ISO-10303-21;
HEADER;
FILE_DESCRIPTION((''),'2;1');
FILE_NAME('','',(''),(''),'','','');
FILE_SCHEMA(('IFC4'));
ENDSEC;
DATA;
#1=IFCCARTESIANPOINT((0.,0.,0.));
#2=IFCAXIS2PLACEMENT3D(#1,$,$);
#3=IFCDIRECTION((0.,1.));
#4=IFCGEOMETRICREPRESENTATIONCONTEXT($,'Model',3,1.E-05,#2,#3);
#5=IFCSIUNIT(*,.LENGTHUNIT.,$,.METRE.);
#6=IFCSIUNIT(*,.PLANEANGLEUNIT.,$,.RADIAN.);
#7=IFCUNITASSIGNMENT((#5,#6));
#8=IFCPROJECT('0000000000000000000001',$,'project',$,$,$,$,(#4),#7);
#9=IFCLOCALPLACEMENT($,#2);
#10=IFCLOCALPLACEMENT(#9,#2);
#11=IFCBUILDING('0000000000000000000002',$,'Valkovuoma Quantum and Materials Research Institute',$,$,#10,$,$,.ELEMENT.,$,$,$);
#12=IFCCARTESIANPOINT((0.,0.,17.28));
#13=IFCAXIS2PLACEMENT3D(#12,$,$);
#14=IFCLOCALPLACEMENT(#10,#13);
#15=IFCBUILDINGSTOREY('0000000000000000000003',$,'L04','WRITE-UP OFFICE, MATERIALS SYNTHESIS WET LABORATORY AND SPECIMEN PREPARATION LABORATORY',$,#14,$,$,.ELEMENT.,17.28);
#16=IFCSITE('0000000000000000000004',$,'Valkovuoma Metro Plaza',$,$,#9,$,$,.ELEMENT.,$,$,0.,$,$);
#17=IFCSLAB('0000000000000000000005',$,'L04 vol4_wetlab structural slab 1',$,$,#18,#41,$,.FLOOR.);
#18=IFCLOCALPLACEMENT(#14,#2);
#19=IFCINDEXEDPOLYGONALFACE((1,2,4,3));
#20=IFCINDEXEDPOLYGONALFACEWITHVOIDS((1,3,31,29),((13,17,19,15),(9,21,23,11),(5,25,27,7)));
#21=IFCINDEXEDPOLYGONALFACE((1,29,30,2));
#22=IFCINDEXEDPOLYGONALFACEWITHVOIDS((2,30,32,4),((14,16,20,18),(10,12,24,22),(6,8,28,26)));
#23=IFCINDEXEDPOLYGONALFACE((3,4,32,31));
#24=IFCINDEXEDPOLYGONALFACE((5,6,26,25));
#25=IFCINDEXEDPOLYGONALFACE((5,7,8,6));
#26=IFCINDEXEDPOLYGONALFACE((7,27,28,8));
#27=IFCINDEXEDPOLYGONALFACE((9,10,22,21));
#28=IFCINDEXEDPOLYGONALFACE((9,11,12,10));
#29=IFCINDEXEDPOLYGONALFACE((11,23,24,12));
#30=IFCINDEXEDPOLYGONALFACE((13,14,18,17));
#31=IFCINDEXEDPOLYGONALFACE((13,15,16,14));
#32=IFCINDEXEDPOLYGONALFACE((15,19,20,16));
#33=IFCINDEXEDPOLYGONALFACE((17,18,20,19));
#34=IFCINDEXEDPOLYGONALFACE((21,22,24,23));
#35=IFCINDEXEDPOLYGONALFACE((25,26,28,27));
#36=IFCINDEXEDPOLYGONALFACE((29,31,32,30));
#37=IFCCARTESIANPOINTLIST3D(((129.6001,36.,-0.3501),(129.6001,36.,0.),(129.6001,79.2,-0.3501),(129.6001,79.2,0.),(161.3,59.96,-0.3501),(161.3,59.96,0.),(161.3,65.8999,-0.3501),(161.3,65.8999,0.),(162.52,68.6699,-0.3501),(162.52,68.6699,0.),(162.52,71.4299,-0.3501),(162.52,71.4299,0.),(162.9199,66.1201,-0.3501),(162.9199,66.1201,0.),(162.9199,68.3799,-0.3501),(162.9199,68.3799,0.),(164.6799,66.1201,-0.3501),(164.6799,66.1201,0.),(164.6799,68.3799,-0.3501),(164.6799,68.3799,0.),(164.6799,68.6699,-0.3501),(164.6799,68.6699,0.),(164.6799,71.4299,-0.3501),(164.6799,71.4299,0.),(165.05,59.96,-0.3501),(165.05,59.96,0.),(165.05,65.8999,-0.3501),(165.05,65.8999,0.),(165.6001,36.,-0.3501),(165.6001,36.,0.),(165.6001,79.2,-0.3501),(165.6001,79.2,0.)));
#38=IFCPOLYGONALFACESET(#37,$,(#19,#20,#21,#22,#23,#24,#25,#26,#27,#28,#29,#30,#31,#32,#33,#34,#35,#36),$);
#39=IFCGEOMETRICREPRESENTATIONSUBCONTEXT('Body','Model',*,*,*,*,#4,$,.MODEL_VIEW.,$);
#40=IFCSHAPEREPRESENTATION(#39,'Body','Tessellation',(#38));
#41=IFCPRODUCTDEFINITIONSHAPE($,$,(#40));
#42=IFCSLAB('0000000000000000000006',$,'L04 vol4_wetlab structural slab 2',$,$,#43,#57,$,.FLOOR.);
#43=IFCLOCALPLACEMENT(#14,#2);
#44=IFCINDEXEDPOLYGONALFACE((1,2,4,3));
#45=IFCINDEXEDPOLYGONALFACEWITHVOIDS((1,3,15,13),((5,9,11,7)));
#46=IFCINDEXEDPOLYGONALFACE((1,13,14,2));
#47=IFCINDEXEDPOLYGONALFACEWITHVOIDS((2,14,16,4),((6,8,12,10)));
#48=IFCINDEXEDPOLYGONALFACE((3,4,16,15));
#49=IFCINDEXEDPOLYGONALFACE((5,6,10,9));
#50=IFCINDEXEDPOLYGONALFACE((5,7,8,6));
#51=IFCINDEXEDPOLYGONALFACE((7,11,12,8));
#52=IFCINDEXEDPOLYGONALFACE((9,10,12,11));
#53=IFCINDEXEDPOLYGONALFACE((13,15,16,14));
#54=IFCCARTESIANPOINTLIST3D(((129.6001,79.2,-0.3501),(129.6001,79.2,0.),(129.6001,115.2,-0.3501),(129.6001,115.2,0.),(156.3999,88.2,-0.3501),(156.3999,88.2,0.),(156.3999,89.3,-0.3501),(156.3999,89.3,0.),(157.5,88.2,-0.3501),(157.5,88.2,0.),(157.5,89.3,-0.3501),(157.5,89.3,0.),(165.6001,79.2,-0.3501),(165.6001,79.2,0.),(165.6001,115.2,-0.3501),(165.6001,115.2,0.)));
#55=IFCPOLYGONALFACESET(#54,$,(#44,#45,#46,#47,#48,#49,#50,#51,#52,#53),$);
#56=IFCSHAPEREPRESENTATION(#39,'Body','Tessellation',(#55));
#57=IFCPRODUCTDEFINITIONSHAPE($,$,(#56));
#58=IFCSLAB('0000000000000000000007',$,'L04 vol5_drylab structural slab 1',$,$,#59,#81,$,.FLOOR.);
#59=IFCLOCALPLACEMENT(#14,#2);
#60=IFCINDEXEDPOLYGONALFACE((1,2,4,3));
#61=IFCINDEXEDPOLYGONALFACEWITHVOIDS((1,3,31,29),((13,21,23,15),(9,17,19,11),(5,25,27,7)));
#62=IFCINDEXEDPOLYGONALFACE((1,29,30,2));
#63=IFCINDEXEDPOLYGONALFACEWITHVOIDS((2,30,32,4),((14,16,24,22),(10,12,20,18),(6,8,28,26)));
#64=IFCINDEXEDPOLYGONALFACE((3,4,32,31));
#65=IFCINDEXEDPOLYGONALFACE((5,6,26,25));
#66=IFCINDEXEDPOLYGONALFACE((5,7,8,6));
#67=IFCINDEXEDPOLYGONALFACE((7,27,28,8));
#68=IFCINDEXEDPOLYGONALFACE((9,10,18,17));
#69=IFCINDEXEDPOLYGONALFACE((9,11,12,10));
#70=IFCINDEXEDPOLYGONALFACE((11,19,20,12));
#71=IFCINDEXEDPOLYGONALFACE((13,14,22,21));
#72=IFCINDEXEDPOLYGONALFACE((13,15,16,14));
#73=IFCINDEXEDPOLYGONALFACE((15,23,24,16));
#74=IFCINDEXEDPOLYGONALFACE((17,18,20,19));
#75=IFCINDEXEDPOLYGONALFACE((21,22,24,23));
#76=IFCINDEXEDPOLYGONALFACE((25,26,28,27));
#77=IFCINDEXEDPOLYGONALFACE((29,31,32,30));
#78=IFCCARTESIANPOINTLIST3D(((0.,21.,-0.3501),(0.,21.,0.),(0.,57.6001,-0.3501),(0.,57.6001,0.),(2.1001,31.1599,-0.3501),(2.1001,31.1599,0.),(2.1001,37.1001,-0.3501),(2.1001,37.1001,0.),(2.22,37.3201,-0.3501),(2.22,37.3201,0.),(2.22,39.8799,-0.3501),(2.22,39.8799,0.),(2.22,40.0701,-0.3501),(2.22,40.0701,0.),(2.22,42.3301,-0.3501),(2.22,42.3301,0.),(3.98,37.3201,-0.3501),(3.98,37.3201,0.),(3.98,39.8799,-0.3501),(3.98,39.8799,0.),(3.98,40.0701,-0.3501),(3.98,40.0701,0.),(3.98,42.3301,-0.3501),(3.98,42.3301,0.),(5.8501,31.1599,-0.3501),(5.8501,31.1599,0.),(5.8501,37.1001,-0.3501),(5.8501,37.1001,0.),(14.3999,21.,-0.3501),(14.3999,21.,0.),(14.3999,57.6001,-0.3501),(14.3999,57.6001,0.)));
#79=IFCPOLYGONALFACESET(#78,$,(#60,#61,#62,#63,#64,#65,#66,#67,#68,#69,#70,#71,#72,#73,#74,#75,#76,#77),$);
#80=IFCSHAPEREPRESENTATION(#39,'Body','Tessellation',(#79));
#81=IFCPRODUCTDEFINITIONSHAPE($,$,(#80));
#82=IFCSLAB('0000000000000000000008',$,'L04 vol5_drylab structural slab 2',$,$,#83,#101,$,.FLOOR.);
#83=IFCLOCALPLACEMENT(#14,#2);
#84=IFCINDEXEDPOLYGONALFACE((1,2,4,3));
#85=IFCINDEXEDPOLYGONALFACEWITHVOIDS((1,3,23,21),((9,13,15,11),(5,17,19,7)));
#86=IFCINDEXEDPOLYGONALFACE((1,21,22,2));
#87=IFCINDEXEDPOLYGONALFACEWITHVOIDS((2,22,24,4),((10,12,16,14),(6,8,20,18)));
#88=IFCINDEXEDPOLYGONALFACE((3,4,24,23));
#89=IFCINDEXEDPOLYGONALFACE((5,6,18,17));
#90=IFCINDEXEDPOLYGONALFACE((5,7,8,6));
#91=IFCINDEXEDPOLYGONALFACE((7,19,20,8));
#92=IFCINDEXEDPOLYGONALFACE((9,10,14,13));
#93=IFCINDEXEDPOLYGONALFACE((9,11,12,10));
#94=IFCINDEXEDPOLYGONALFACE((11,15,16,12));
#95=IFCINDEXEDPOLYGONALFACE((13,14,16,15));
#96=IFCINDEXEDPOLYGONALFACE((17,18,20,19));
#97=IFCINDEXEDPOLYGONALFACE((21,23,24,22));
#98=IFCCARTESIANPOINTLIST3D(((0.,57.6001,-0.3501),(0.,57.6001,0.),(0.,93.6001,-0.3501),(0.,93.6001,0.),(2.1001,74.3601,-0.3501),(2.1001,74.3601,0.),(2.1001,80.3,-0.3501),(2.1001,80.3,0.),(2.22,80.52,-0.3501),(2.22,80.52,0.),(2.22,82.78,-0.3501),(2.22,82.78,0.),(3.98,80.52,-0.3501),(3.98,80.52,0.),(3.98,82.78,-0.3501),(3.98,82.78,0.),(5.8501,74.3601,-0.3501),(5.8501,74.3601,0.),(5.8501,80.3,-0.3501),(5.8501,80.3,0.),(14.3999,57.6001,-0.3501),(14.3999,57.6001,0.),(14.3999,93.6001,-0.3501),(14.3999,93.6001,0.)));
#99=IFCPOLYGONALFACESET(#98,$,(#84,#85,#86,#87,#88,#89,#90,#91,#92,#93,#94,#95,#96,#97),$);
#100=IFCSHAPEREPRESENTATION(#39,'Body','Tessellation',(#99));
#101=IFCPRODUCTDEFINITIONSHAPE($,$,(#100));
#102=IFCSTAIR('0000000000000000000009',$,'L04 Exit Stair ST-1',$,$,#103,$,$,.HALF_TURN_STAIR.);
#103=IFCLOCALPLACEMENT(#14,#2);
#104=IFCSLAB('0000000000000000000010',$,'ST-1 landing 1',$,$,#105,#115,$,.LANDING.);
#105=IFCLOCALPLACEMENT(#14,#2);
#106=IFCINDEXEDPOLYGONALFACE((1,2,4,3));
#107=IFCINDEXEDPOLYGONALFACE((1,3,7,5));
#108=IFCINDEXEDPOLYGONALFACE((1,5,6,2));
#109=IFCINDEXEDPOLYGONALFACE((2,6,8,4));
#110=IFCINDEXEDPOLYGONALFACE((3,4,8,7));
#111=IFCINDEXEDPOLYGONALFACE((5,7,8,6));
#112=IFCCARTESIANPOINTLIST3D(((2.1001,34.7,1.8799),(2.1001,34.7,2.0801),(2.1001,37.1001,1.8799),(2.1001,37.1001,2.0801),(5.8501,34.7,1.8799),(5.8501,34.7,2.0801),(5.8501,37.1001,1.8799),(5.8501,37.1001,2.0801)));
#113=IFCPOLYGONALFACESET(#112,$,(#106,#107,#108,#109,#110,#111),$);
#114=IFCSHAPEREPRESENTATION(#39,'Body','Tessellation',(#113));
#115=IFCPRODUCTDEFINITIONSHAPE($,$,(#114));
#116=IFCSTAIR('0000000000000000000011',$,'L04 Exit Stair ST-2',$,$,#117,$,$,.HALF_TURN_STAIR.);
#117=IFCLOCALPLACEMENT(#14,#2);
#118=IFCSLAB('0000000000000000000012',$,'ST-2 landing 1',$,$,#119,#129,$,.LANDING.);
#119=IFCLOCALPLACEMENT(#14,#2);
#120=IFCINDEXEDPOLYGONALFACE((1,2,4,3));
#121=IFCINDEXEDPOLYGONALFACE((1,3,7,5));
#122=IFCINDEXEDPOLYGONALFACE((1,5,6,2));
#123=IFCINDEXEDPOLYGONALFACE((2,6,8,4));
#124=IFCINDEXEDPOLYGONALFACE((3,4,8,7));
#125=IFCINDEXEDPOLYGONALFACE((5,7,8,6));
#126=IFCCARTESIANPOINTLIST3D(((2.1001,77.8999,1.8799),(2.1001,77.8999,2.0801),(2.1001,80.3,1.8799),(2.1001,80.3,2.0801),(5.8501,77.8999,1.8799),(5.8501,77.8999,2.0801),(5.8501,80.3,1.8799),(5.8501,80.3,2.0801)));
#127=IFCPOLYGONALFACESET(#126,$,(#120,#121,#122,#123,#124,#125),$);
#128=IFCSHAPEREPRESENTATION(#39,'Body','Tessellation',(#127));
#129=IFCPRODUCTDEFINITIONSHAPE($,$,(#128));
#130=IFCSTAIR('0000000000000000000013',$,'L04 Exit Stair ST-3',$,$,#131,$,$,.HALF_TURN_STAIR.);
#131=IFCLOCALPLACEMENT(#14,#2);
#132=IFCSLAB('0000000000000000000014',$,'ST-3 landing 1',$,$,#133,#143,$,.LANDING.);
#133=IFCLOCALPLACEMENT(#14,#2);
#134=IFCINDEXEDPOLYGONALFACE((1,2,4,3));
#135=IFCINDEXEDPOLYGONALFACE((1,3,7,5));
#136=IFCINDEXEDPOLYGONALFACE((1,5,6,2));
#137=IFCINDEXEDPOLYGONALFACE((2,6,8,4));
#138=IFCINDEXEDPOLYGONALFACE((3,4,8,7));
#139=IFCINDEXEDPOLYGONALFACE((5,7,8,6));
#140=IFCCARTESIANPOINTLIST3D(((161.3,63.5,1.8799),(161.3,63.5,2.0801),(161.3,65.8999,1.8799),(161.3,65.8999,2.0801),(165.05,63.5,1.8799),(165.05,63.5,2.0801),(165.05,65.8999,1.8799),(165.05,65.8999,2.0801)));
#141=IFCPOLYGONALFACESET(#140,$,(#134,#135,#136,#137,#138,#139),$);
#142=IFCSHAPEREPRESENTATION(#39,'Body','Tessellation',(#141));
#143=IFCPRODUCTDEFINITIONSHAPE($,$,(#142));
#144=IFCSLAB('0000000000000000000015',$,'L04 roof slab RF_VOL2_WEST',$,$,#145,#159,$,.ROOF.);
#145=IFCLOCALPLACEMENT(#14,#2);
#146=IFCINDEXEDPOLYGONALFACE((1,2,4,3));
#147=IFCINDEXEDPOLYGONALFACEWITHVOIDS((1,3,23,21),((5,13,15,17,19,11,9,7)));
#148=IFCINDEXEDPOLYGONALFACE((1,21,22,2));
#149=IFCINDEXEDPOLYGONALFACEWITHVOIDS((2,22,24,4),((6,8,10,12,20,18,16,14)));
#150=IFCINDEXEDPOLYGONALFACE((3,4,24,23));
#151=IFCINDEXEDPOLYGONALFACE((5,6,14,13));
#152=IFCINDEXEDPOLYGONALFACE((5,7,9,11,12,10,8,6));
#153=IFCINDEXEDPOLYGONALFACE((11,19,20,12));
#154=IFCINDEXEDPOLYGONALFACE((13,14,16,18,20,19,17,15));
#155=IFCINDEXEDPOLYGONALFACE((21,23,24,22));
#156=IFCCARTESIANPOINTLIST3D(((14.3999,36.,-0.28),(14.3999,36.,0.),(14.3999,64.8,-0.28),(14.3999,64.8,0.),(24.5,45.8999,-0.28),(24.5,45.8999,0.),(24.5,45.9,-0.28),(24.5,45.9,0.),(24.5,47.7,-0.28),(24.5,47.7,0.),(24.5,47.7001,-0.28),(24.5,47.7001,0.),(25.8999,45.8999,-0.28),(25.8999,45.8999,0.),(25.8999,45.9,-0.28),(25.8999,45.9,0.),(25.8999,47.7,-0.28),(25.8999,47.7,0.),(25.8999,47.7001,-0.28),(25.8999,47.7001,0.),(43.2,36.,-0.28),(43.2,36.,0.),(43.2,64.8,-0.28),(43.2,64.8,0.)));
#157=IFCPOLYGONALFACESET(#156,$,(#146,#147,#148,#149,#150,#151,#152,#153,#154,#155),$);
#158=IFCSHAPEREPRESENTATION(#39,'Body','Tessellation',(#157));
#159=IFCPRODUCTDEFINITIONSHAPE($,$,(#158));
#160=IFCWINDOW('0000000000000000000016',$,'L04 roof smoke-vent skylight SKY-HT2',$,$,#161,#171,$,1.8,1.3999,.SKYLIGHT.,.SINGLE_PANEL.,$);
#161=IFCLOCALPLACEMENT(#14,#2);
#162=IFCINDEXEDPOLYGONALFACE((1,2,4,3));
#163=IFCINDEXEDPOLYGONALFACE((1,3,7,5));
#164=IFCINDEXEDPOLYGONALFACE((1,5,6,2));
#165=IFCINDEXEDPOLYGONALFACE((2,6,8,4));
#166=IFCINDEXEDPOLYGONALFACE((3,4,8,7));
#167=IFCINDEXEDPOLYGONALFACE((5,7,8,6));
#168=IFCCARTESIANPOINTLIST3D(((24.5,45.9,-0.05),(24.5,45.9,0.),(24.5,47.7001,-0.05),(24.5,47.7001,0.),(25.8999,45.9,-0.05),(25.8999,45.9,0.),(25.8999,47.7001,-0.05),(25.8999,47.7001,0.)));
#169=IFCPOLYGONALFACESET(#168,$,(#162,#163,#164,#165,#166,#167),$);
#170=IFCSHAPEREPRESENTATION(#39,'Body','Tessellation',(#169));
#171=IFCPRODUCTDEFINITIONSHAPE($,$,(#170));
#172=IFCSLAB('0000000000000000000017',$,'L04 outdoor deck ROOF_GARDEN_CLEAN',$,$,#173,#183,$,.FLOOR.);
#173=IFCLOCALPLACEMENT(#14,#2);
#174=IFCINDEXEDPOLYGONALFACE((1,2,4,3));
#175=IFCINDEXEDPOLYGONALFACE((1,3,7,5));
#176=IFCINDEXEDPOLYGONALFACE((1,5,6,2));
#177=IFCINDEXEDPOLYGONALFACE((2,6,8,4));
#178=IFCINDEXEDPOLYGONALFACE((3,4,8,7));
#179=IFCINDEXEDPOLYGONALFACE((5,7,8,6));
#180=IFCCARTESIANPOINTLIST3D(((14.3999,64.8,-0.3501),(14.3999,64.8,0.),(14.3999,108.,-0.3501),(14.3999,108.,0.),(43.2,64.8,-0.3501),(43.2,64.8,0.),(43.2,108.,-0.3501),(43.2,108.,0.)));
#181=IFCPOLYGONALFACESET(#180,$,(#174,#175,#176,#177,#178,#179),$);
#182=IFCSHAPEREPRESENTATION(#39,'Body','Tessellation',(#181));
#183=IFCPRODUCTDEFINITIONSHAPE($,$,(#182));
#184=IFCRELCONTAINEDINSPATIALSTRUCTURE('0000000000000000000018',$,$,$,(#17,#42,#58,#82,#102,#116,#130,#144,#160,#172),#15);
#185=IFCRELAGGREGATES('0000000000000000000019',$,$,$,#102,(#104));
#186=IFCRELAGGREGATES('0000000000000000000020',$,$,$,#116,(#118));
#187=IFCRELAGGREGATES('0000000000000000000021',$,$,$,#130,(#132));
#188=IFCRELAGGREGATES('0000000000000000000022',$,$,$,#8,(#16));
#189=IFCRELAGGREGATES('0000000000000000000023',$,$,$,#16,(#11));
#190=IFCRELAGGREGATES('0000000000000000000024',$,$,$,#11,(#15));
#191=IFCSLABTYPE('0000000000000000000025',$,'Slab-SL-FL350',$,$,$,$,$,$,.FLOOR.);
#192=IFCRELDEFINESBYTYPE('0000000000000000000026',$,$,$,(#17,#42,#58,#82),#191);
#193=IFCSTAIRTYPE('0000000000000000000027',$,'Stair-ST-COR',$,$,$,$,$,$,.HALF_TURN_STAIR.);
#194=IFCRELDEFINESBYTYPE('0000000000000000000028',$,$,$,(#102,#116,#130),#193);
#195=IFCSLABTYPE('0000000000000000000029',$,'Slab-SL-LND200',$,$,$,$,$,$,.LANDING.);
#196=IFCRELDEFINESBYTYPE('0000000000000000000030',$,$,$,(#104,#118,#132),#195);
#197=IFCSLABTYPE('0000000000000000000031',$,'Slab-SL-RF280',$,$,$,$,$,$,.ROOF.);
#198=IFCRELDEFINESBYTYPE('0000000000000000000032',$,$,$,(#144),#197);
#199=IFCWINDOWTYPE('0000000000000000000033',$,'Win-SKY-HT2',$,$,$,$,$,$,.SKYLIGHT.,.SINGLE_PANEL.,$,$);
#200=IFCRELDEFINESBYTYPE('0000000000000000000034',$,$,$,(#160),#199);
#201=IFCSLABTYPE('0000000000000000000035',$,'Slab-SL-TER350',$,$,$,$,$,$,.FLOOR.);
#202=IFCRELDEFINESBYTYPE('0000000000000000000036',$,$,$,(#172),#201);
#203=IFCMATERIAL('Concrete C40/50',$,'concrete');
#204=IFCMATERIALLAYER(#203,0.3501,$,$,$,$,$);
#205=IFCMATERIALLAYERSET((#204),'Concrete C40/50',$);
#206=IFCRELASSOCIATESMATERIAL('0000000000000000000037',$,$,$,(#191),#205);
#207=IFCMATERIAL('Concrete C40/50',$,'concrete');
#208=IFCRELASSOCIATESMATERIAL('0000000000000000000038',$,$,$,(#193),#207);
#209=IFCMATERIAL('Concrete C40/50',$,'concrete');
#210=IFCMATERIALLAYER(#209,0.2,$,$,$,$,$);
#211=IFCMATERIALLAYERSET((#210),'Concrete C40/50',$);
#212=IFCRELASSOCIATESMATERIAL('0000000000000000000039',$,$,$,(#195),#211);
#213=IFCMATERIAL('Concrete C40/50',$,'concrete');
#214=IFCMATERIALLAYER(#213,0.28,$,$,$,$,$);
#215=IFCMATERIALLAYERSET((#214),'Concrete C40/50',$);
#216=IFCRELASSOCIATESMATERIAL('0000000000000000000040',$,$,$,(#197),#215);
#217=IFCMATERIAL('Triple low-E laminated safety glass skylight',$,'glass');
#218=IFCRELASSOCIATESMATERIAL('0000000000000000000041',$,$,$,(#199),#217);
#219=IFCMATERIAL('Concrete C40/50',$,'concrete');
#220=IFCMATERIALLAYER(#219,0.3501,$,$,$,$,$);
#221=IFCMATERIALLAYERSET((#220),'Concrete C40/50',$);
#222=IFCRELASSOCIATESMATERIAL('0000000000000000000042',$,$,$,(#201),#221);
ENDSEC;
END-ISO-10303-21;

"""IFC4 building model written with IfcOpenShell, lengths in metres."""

from ifc_helpers import new_model, si_unit, direction, frame, origin, origin_2d, place, context, subcontext, project, spatial, polyline, rectangle, outline, extrude, material, layer, layer_set, type_object, element, fill, aggregate, save


model = new_model("IFC4")

# Units and contexts
model_context = context("Model", 3, precision=1e-05, world=origin(), true_north=direction((0.0, 1.0)))
body_context = subcontext(model_context, "Body", "Model", "MODEL_VIEW")
ifc_project = project(units=[si_unit("LENGTHUNIT", "METRE"), si_unit("PLANEANGLEUNIT", "RADIAN")], contexts=[model_context])

# Site, building, storey
site_placement = place(None, origin())
site = spatial("IfcSite", under=ifc_project, at=site_placement, Name="Valkovuoma Metro Plaza", CompositionType="ELEMENT", RefElevation=0.0)
building_placement = place(site_placement, origin())
building = spatial("IfcBuilding", under=site, at=building_placement, Name="Valkovuoma Quantum and Materials Research Institute", CompositionType="ELEMENT")
storey_placement = place(building_placement, frame((0.0, 0.0, 17.28)))
storey = spatial("IfcBuildingStorey", under=building, at=storey_placement, Name="L04", Description="WRITE-UP OFFICE, MATERIALS SYNTHESIS WET LABORATORY AND SPECIMEN PREPARATION LABORATORY", CompositionType="ELEMENT", Elevation=17.28)

# Slabs
ifc_material_1 = material(Name="Concrete C40/50", Category="concrete")
ifc_layer_1 = layer(ifc_material_1, 0.3501)
ifc_layer_set_1 = layer_set([ifc_layer_1], Name="Concrete C40/50")
slab_type_1 = type_object("IfcSlabType", Name="Slab-SL-FL350", PredefinedType="FLOOR", material=ifc_layer_set_1)
slab_1_placement = place(storey_placement, frame((0.0, 0.0, -0.3501)))
element("IfcSlab", 1, at=slab_1_placement, inside=storey, type_object=slab_type_1, Name="L04 vol4_wetlab structural slab 1", PredefinedType="FLOOR", context=body_context, shape_type="SweptSolid", body=[
    extrude(outline(polyline([(129.6001, 36.0), (165.6001, 36.0), (165.6001, 79.2), (129.6001, 79.2), (129.6001, 36.0)]), holes=[polyline([(161.3, 59.96), (165.05, 59.96), (165.05, 65.8999), (161.3, 65.8999), (161.3, 59.96)]), polyline([(162.9199, 66.1201), (164.6799, 66.1201), (164.6799, 68.3799), (162.9199, 68.3799), (162.9199, 66.1201)]), polyline([(162.52, 68.6699), (164.6799, 68.6699), (164.6799, 71.4299), (162.52, 71.4299), (162.52, 68.6699)])]), origin(), (0.0, 0.0, 1.0), 0.3501),
])
slab_2_placement = place(storey_placement, frame((0.0, 0.0, -0.3501)))
element("IfcSlab", 2, at=slab_2_placement, inside=storey, type_object=slab_type_1, Name="L04 vol4_wetlab structural slab 2", PredefinedType="FLOOR", context=body_context, shape_type="SweptSolid", body=[
    extrude(outline(polyline([(129.6001, 79.2), (165.6001, 79.2), (165.6001, 115.2), (129.6001, 115.2), (129.6001, 79.2)]), holes=[polyline([(156.3999, 88.2), (157.5, 88.2), (157.5, 89.3), (156.3999, 89.3), (156.3999, 88.2)])]), origin(), (0.0, 0.0, 1.0), 0.3501),
])
slab_3_placement = place(storey_placement, frame((0.0, 0.0, -0.3501)))
element("IfcSlab", 3, at=slab_3_placement, inside=storey, type_object=slab_type_1, Name="L04 vol5_drylab structural slab 1", PredefinedType="FLOOR", context=body_context, shape_type="SweptSolid", body=[
    extrude(outline(polyline([(0.0, 21.0), (14.3999, 21.0), (14.3999, 57.6001), (0.0, 57.6001), (0.0, 21.0)]), holes=[polyline([(2.1001, 31.1599), (5.8501, 31.1599), (5.8501, 37.1001), (2.1001, 37.1001), (2.1001, 31.1599)]), polyline([(2.22, 37.3201), (3.98, 37.3201), (3.98, 39.8799), (2.22, 39.8799), (2.22, 37.3201)]), polyline([(2.22, 40.0701), (3.98, 40.0701), (3.98, 42.3301), (2.22, 42.3301), (2.22, 40.0701)])]), origin(), (0.0, 0.0, 1.0), 0.3501),
])
slab_4_placement = place(storey_placement, frame((0.0, 0.0, -0.3501)))
element("IfcSlab", 4, at=slab_4_placement, inside=storey, type_object=slab_type_1, Name="L04 vol5_drylab structural slab 2", PredefinedType="FLOOR", context=body_context, shape_type="SweptSolid", body=[
    extrude(outline(polyline([(0.0, 57.6001), (14.3999, 57.6001), (14.3999, 93.6001), (0.0, 93.6001), (0.0, 57.6001)]), holes=[polyline([(2.1001, 74.3601), (5.8501, 74.3601), (5.8501, 80.3), (2.1001, 80.3), (2.1001, 74.3601)]), polyline([(2.22, 80.52), (3.98, 80.52), (3.98, 82.78), (2.22, 82.78), (2.22, 80.52)])]), origin(), (0.0, 0.0, 1.0), 0.3501),
])

# Stairs, slabs
ifc_material_2 = material(Name="Concrete C40/50", Category="concrete")
stair_type = type_object("IfcStairType", Name="Stair-ST-COR", PredefinedType="HALF_TURN_STAIR", material=ifc_material_2)
stair_1_placement = place(storey_placement, origin())
stair_1 = element("IfcStair", 5, at=stair_1_placement, inside=storey, type_object=stair_type, Name="L04 Exit Stair ST-1", PredefinedType="HALF_TURN_STAIR")
ifc_material_3 = material(Name="Concrete C40/50", Category="concrete")
ifc_layer_2 = layer(ifc_material_3, 0.2)
ifc_layer_set_2 = layer_set([ifc_layer_2], Name="Concrete C40/50")
slab_type_2 = type_object("IfcSlabType", Name="Slab-SL-LND200", PredefinedType="LANDING", material=ifc_layer_set_2)
slab_5_placement = place(storey_placement, frame((0.0, 0.0, 1.8799)))
slab_5 = element("IfcSlab", 6, at=slab_5_placement, type_object=slab_type_2, Name="ST-1 landing 1", PredefinedType="LANDING", context=body_context, shape_type="SweptSolid", body=[
    extrude(outline(polyline([(5.8501, 34.7), (5.8501, 37.1001), (2.1001, 37.1001), (2.1001, 34.7), (5.8501, 34.7)])), origin(), (0.0, 0.0, 1.0), 0.2002),
])
aggregate(stair_1, [slab_5])
stair_2_placement = place(storey_placement, origin())
stair_2 = element("IfcStair", 7, at=stair_2_placement, inside=storey, type_object=stair_type, Name="L04 Exit Stair ST-2", PredefinedType="HALF_TURN_STAIR")
slab_6_placement = place(storey_placement, frame((0.0, 0.0, 1.8799)))
slab_6 = element("IfcSlab", 8, at=slab_6_placement, type_object=slab_type_2, Name="ST-2 landing 1", PredefinedType="LANDING", context=body_context, shape_type="SweptSolid", body=[
    extrude(outline(polyline([(5.8501, 77.8999), (5.8501, 80.3), (2.1001, 80.3), (2.1001, 77.8999), (5.8501, 77.8999)])), origin(), (0.0, 0.0, 1.0), 0.2002),
])
aggregate(stair_2, [slab_6])
stair_3_placement = place(storey_placement, origin())
stair_3 = element("IfcStair", 9, at=stair_3_placement, inside=storey, type_object=stair_type, Name="L04 Exit Stair ST-3", PredefinedType="HALF_TURN_STAIR")
slab_7_placement = place(storey_placement, frame((0.0, 0.0, 1.8799)))
slab_7 = element("IfcSlab", 10, at=slab_7_placement, type_object=slab_type_2, Name="ST-3 landing 1", PredefinedType="LANDING", context=body_context, shape_type="SweptSolid", body=[
    extrude(outline(polyline([(165.05, 63.5), (165.05, 65.8999), (161.3, 65.8999), (161.3, 63.5), (165.05, 63.5)])), origin(), (0.0, 0.0, 1.0), 0.2002),
])
aggregate(stair_3, [slab_7])

# Slab, opening, window
ifc_material_4 = material(Name="Concrete C40/50", Category="concrete")
ifc_layer_3 = layer(ifc_material_4, 0.28)
ifc_layer_set_3 = layer_set([ifc_layer_3], Name="Concrete C40/50")
slab_type_3 = type_object("IfcSlabType", Name="Slab-SL-RF280", PredefinedType="ROOF", material=ifc_layer_set_3)
slab_8_placement = place(storey_placement, frame((0.0, 0.0, -0.28)))
slab_8 = element("IfcSlab", 11, at=slab_8_placement, inside=storey, type_object=slab_type_3, Name="L04 roof slab RF_VOL2_WEST", PredefinedType="ROOF", context=body_context, shape_type="SweptSolid", body=[
    extrude(outline(polyline([(14.3999, 36.0), (43.2, 36.0), (43.2, 64.8), (14.3999, 64.8), (14.3999, 36.0)]), holes=[polyline([(24.5, 45.8999), (25.8999, 45.8999), (25.8999, 47.7), (24.5, 47.7), (24.5, 45.8999)])]), origin(), (0.0, 0.0, 1.0), 0.28),
])
opening_placement = place(slab_8_placement, frame((25.2, 46.8, -0.01)))
opening = element("IfcOpeningElement", 12, at=opening_placement, cuts=slab_8, PredefinedType="OPENING", context=body_context, shape_type="SweptSolid", body=[
    extrude(rectangle(XDim=1.3999, YDim=1.8, at=origin_2d()), origin(), (0.0, 0.0, 1.0), 0.3),
])
ifc_material_5 = material(Name="Triple low-E laminated safety glass skylight", Category="glass")
window_type = type_object("IfcWindowType", Name="Win-SKY-HT2", PartitioningType="SINGLE_PANEL", PredefinedType="SKYLIGHT", material=ifc_material_5)
window_placement = place(opening_placement, frame((0.0, 0.0, 0.24)))
window = element("IfcWindow", 13, at=window_placement, inside=storey, type_object=window_type, Name="L04 roof smoke-vent skylight SKY-HT2", OverallHeight=1.8, OverallWidth=1.3999, PartitioningType="SINGLE_PANEL", PredefinedType="SKYLIGHT", context=body_context, shape_type="SweptSolid", body=[
    extrude(rectangle(XDim=1.3999, YDim=1.8, at=origin_2d()), origin(), (0.0, 0.0, 1.0), 0.05),
])
fill(opening, window)

# Slab
ifc_material_6 = material(Name="Concrete C40/50", Category="concrete")
ifc_layer_4 = layer(ifc_material_6, 0.3501)
ifc_layer_set_4 = layer_set([ifc_layer_4], Name="Concrete C40/50")
slab_type_4 = type_object("IfcSlabType", Name="Slab-SL-TER350", PredefinedType="FLOOR", material=ifc_layer_set_4)
slab_9_placement = place(storey_placement, frame((0.0, 0.0, -0.3501)))
element("IfcSlab", 14, at=slab_9_placement, inside=storey, type_object=slab_type_4, Name="L04 outdoor deck ROOF_GARDEN_CLEAN", PredefinedType="FLOOR", context=body_context, shape_type="SweptSolid", body=[
    extrude(outline(polyline([(14.3999, 64.8), (43.2, 64.8), (43.2, 108.0), (14.3999, 108.0), (14.3999, 64.8)])), origin(), (0.0, 0.0, 1.0), 0.3501),
])

save(model, "model.ifc")
